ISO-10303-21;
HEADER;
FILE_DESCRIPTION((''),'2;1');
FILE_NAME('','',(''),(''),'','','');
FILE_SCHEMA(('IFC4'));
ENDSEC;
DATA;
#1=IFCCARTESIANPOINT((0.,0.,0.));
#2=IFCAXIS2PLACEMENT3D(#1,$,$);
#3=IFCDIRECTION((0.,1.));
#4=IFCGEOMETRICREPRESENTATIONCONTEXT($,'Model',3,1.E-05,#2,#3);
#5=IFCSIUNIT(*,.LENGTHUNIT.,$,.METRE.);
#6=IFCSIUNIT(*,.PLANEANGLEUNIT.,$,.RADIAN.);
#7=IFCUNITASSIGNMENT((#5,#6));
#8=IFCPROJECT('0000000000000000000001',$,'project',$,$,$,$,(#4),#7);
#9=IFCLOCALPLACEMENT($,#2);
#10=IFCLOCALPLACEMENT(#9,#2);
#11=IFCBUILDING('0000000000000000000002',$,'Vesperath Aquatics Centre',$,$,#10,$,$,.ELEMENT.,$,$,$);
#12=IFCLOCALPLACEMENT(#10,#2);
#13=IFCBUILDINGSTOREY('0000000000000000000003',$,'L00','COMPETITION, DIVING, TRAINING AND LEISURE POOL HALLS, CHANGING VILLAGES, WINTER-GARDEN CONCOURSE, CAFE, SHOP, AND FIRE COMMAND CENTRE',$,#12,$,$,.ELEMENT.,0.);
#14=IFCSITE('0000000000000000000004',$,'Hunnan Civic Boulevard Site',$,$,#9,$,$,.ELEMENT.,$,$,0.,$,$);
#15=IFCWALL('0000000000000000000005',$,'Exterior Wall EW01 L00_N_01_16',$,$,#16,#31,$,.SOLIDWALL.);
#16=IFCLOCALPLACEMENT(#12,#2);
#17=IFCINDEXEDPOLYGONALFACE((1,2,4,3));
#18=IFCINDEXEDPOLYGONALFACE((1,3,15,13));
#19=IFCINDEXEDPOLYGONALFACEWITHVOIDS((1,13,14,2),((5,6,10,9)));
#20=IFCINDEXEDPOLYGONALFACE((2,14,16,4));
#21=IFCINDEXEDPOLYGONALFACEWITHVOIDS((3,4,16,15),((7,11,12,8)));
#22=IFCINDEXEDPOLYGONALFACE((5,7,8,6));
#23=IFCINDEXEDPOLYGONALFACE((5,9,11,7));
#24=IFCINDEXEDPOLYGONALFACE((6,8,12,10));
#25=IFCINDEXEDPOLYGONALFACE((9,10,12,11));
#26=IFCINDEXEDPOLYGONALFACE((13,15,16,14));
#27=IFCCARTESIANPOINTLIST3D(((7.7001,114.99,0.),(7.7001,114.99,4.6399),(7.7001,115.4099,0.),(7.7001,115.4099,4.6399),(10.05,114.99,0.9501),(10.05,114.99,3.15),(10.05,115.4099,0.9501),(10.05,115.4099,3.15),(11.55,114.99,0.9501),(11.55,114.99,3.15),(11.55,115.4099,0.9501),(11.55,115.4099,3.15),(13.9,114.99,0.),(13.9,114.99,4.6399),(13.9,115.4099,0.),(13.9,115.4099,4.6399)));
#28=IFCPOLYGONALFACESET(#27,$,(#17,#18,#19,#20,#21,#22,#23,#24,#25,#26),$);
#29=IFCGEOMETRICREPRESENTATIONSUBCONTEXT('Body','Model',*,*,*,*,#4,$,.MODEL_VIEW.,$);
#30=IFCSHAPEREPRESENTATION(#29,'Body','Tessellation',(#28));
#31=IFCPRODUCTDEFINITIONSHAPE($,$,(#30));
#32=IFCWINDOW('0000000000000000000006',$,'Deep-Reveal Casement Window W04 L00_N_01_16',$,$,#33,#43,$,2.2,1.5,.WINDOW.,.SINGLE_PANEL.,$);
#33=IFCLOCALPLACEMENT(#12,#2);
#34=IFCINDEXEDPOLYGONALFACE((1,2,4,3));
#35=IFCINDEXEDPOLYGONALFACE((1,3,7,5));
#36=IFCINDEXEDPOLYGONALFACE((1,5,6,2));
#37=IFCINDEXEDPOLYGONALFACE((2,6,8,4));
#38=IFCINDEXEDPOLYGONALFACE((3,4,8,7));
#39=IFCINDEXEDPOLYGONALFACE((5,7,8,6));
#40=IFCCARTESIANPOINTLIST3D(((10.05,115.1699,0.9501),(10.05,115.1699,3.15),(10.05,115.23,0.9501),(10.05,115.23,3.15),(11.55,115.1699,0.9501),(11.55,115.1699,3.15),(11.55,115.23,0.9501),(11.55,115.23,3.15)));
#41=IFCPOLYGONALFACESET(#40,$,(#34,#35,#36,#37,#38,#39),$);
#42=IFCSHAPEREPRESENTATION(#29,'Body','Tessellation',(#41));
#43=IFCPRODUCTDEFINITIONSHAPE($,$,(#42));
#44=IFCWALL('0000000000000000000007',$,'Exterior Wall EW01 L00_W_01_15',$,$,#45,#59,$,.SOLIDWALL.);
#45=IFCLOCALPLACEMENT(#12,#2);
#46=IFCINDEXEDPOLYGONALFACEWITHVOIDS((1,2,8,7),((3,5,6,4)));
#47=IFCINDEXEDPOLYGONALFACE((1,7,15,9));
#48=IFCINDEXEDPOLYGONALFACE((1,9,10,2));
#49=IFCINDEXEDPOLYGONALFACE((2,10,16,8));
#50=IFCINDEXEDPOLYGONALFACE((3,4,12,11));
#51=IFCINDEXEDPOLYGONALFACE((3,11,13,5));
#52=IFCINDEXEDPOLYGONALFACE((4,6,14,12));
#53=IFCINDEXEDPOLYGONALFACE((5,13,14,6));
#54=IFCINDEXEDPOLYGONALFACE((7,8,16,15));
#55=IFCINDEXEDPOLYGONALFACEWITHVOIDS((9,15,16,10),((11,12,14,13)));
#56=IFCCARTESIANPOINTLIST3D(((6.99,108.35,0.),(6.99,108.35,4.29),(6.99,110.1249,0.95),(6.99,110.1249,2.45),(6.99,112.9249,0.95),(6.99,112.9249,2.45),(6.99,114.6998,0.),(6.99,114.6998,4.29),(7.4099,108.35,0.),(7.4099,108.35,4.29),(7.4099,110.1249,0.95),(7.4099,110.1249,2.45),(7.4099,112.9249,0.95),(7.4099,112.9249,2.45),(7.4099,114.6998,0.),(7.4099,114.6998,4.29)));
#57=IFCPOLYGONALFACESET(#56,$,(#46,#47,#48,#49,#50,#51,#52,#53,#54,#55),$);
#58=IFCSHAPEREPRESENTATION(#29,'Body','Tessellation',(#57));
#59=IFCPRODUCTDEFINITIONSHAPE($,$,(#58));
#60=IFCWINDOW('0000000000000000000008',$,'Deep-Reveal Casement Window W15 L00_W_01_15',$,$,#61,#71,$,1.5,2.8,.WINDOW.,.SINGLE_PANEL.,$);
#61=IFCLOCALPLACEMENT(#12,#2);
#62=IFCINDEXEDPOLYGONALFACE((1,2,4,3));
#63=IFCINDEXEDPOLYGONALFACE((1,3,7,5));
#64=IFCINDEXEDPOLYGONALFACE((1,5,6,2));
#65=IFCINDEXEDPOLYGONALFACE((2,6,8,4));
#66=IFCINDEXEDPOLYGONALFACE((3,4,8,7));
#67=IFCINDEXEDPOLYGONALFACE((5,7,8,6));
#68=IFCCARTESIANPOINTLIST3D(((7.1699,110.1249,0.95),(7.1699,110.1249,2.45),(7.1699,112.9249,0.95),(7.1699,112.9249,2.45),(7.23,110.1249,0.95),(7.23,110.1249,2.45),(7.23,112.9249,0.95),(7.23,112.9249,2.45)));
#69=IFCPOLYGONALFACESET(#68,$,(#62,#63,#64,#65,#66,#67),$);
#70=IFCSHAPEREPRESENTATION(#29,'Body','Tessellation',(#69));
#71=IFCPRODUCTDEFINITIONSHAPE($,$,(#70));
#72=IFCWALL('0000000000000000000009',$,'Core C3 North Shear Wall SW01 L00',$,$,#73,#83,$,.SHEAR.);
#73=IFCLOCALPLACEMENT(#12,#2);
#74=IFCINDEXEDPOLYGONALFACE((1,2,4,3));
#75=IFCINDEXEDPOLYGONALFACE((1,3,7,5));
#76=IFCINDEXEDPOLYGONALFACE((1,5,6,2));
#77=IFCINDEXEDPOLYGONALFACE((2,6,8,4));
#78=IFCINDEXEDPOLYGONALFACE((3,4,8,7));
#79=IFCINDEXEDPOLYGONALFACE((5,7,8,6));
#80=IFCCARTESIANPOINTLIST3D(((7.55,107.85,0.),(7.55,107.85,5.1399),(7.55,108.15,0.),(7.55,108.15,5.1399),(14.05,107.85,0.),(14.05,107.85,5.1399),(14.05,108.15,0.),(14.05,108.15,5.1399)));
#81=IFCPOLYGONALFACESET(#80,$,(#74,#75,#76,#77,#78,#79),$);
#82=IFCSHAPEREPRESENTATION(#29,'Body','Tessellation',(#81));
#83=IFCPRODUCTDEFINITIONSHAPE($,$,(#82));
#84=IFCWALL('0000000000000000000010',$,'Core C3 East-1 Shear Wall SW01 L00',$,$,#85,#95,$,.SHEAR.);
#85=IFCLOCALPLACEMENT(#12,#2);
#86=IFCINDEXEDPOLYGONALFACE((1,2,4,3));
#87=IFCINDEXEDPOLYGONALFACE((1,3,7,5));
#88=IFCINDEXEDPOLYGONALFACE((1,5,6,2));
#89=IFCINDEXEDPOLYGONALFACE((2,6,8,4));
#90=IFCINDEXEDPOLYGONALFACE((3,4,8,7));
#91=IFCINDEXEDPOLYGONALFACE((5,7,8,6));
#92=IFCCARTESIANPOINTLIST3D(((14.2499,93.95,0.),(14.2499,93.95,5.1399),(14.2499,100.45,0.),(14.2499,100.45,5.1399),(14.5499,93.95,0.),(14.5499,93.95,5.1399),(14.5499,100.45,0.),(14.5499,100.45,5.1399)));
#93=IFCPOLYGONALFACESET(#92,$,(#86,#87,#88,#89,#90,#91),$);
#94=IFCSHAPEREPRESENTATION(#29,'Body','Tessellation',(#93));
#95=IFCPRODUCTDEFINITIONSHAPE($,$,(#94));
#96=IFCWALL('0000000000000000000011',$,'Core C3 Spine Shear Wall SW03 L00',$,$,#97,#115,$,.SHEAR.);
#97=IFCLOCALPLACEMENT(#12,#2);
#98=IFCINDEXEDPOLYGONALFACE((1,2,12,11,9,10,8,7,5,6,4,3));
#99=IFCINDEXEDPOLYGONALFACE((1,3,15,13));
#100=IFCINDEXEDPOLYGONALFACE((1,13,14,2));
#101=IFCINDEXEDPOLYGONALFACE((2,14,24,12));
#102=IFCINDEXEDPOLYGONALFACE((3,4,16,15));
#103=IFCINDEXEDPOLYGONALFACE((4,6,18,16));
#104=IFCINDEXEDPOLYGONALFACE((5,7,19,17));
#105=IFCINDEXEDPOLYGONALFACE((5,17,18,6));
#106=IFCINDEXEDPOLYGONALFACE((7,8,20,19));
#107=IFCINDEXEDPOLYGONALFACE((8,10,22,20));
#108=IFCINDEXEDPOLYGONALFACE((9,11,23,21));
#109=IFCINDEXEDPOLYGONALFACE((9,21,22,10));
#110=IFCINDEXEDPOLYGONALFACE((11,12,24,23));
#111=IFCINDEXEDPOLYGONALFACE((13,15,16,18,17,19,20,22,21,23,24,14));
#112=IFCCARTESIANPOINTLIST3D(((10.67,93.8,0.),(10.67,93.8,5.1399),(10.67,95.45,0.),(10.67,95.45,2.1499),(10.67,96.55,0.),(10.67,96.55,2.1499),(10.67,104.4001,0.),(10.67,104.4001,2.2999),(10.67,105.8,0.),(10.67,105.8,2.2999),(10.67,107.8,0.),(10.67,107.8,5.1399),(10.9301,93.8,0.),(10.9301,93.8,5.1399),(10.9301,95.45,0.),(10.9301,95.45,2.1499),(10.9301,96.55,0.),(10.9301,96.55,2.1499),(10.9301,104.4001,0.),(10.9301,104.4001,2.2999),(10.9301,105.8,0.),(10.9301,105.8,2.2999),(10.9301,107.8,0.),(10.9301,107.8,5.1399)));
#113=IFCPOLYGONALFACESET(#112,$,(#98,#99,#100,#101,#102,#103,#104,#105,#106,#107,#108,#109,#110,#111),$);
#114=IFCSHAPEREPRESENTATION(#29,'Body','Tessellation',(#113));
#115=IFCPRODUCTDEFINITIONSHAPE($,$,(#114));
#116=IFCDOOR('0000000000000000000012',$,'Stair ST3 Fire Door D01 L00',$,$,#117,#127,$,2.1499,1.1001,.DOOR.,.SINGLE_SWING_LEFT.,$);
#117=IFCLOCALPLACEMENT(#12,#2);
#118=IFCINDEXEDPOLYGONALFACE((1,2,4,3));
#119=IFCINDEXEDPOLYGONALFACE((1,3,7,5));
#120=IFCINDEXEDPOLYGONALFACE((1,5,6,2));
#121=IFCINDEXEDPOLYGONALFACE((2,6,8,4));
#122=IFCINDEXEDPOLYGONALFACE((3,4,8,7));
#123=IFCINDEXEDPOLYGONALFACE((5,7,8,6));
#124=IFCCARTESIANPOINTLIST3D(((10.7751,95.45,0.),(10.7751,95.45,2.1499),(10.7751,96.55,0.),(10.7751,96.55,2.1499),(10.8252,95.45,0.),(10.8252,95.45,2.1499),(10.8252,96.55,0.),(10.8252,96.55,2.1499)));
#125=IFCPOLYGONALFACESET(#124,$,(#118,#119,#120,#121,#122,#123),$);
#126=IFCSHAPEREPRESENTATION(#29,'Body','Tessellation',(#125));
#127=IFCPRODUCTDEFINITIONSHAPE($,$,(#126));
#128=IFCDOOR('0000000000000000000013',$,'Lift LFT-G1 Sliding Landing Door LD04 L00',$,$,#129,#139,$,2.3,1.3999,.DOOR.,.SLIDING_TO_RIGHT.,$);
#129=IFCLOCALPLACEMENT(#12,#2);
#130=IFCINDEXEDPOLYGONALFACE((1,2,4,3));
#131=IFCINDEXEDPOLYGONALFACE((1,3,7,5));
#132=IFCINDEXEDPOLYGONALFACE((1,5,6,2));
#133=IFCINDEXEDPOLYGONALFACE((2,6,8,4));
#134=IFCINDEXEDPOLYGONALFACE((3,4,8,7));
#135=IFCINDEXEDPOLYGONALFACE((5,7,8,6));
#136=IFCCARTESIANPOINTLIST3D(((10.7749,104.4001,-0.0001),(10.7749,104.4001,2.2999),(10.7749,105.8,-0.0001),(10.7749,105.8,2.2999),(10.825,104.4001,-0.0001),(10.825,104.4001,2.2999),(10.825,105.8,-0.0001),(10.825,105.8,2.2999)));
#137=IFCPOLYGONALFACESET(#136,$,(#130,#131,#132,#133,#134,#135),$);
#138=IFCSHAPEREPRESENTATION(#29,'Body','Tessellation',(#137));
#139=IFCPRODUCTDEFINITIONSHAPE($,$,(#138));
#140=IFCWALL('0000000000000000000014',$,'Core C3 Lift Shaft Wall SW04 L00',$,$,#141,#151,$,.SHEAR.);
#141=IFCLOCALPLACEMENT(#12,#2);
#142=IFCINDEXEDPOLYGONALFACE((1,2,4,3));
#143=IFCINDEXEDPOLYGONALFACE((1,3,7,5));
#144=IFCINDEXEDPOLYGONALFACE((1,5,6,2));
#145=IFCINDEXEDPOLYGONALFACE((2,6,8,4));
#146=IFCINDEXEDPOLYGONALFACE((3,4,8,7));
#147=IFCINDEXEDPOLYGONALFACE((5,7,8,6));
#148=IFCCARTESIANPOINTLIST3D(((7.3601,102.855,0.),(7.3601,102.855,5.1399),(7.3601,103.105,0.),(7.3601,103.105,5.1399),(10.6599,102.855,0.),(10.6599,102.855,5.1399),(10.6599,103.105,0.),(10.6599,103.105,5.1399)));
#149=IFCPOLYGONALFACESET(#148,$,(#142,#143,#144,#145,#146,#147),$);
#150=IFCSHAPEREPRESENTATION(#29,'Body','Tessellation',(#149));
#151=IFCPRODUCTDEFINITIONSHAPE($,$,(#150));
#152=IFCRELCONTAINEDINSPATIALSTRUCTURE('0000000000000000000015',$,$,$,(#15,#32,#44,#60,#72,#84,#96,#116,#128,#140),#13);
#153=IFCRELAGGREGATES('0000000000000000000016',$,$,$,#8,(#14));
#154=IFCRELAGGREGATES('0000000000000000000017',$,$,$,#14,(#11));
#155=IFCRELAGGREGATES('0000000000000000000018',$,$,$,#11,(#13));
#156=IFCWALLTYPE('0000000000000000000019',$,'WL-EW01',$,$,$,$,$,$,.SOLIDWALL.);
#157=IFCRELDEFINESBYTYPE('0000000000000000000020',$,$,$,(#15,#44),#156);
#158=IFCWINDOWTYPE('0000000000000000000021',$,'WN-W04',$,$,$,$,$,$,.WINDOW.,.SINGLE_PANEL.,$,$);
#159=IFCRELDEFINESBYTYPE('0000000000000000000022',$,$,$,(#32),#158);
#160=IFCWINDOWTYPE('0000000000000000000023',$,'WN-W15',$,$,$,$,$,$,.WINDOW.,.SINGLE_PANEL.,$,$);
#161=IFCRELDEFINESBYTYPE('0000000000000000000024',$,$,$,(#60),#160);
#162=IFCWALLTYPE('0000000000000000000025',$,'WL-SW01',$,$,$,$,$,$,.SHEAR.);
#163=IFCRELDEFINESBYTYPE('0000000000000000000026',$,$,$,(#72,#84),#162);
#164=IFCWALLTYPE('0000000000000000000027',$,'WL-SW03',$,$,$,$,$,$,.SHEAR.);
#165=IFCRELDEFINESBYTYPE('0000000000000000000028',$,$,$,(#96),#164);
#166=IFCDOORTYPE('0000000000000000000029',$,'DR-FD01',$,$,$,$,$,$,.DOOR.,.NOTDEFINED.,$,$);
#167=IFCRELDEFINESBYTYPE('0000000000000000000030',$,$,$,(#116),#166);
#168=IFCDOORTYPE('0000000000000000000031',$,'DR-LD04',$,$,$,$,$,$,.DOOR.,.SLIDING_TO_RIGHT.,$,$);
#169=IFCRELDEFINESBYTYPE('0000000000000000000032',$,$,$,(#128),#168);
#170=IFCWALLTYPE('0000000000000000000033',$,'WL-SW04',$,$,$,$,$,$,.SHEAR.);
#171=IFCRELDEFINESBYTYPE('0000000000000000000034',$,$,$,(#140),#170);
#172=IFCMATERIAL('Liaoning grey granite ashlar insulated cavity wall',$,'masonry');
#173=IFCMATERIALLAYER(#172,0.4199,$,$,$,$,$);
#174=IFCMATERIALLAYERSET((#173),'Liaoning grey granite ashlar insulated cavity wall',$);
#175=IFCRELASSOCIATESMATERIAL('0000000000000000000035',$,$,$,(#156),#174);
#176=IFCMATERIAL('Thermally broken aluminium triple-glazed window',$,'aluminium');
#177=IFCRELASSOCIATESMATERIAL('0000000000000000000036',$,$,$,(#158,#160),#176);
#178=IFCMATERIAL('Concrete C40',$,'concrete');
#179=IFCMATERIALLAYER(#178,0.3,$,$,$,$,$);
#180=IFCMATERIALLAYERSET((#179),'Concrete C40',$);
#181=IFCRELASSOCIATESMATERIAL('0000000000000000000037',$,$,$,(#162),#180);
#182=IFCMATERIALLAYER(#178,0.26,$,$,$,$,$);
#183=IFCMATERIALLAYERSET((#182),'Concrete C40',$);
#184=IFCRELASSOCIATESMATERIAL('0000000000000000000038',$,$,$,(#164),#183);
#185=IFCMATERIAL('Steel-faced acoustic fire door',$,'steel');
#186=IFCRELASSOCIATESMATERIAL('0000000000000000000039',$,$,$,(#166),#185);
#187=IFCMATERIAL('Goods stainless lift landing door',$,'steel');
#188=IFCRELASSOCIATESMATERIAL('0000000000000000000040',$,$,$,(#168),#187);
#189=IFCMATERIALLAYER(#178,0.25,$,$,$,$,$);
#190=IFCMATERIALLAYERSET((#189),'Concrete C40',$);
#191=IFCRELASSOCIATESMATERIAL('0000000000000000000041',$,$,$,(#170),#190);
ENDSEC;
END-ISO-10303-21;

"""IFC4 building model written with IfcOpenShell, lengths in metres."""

from ifc_helpers import new_model, si_unit, direction, frame, frame_2d, origin, place, context, subcontext, project, spatial, rectangle, extrude, material, layer, layer_set, type_object, element, fill, save


model = new_model("IFC4")

# Units and contexts
model_context = context("Model", 3, precision=1e-05, world=origin(), true_north=direction((0.0, 1.0)))
body_context = subcontext(model_context, "Body", "Model", "MODEL_VIEW")
ifc_project = project(units=[si_unit("LENGTHUNIT", "METRE"), si_unit("PLANEANGLEUNIT", "RADIAN")], contexts=[model_context])

# Site, building, storey
site_placement = place(None, origin())
site = spatial("IfcSite", under=ifc_project, at=site_placement, Name="Hunnan Civic Boulevard Site", CompositionType="ELEMENT", RefElevation=0.0)
building_placement = place(site_placement, origin())
building = spatial("IfcBuilding", under=site, at=building_placement, Name="Vesperath Aquatics Centre", CompositionType="ELEMENT")
storey_placement = place(building_placement, origin())
storey = spatial("IfcBuildingStorey", under=building, at=storey_placement, Name="L00", Description="COMPETITION, DIVING, TRAINING AND LEISURE POOL HALLS, CHANGING VILLAGES, WINTER-GARDEN CONCOURSE, CAFE, SHOP, AND FIRE COMMAND CENTRE", CompositionType="ELEMENT", Elevation=0.0)

# Shared definitions
ifc_material_1 = material(Name="Concrete C40", Category="concrete")

# Walls, openings, windows
ifc_material_2 = material(Name="Liaoning grey granite ashlar insulated cavity wall", Category="masonry")
ifc_layer_1 = layer(ifc_material_2, 0.4199)
ifc_layer_set_1 = layer_set([ifc_layer_1], Name="Liaoning grey granite ashlar insulated cavity wall")
wall_type_1 = type_object("IfcWallType", Name="WL-EW01", PredefinedType="SOLIDWALL", material=ifc_layer_set_1)
wall_1_placement = place(storey_placement, frame((7.7, 115.2, 0.0), z_axis=(0.0, 0.0, 1.0), x_axis=(1.0, 0.0, 0.0)))
wall_1 = element("IfcWall", 1, at=wall_1_placement, inside=storey, type_object=wall_type_1, Name="Exterior Wall EW01 L00_N_01_16", PredefinedType="SOLIDWALL", context=body_context, shape_type="SweptSolid", body=[
    extrude(rectangle(XDim=6.2, YDim=0.4199, at=frame_2d((3.1001, 0.0))), origin(), (0.0, 0.0, 1.0), 4.6399),
])
opening_1_placement = place(wall_1_placement, frame((2.3501, 0.0, 0.95)))
opening_1 = element("IfcOpeningElement", 2, at=opening_1_placement, cuts=wall_1, PredefinedType="OPENING", context=body_context, shape_type="SweptSolid", body=[
    extrude(rectangle(XDim=1.5, YDim=2.2, at=frame_2d((0.75, 1.1001))), frame((0.0, 0.2249, 0.0), z_axis=(0.0, -1.0, 0.0), x_axis=(1.0, 0.0, 0.0)), (0.0, 0.0, 1.0), 0.4497),
])
ifc_material_3 = material(Name="Thermally broken aluminium triple-glazed window", Category="aluminium")
window_type_1 = type_object("IfcWindowType", Name="WN-W04", PartitioningType="SINGLE_PANEL", PredefinedType="WINDOW", material=ifc_material_3)
window_1_placement = place(opening_1_placement, origin())
window_1 = element("IfcWindow", 3, at=window_1_placement, inside=storey, type_object=window_type_1, Name="Deep-Reveal Casement Window W04 L00_N_01_16", OverallHeight=2.2, OverallWidth=1.5, PartitioningType="SINGLE_PANEL", PredefinedType="WINDOW", context=body_context, shape_type="SweptSolid", body=[
    extrude(rectangle(XDim=1.5, YDim=2.2, at=frame_2d((0.75, 1.1001))), frame((0.0, 0.03, 0.0), z_axis=(0.0, -1.0, 0.0), x_axis=(1.0, 0.0, 0.0)), (0.0, 0.0, 1.0), 0.0601),
])
fill(opening_1, window_1)
wall_2_placement = place(storey_placement, frame((7.2, 108.3501, 0.0), z_axis=(0.0, 0.0, 1.0), x_axis=(0.0, 1.0, 0.0)))
wall_2 = element("IfcWall", 4, at=wall_2_placement, inside=storey, type_object=wall_type_1, Name="Exterior Wall EW01 L00_W_01_15", PredefinedType="SOLIDWALL", context=body_context, shape_type="SweptSolid", body=[
    extrude(rectangle(XDim=6.3499, YDim=0.4199, at=frame_2d((3.1748, 0.0))), origin(), (0.0, 0.0, 1.0), 4.29),
])
opening_2_placement = place(wall_2_placement, frame((1.7749, 0.0, 0.95)))
opening_2 = element("IfcOpeningElement", 5, at=opening_2_placement, cuts=wall_2, PredefinedType="OPENING", context=body_context, shape_type="SweptSolid", body=[
    extrude(rectangle(XDim=2.8, YDim=1.5, at=frame_2d((1.3999, 0.75))), frame((0.0, 0.2249, 0.0), z_axis=(0.0, -1.0, 0.0), x_axis=(1.0, 0.0, 0.0)), (0.0, 0.0, 1.0), 0.4497),
])
window_type_2 = type_object("IfcWindowType", Name="WN-W15", PartitioningType="SINGLE_PANEL", PredefinedType="WINDOW", material=ifc_material_3)
window_2_placement = place(opening_2_placement, origin())
window_2 = element("IfcWindow", 6, at=window_2_placement, inside=storey, type_object=window_type_2, Name="Deep-Reveal Casement Window W15 L00_W_01_15", OverallHeight=1.5, OverallWidth=2.8, PartitioningType="SINGLE_PANEL", PredefinedType="WINDOW", context=body_context, shape_type="SweptSolid", body=[
    extrude(rectangle(XDim=2.8, YDim=1.5, at=frame_2d((1.3999, 0.75))), frame((0.0, 0.03, 0.0), z_axis=(0.0, -1.0, 0.0), x_axis=(1.0, 0.0, 0.0)), (0.0, 0.0, 1.0), 0.0601),
])
fill(opening_2, window_2)

# Walls
ifc_layer_2 = layer(ifc_material_1, 0.3)
ifc_layer_set_2 = layer_set([ifc_layer_2], Name="Concrete C40")
wall_type_2 = type_object("IfcWallType", Name="WL-SW01", PredefinedType="SHEAR", material=ifc_layer_set_2)
for number, where, z_axis, x_axis, name in (
    (7, (7.55, 108.0, 0.0), (0.0, 0.0, 1.0), (1.0, 0.0, 0.0), "Core C3 North Shear Wall SW01 L00"),
    (8, (14.3999, 93.95, 0.0), (0.0, 0.0, 1.0), (0.0, 1.0, 0.0), "Core C3 East-1 Shear Wall SW01 L00"),
):
    element("IfcWall", number, at=place(storey_placement, frame(where, z_axis=z_axis, x_axis=x_axis)), inside=storey, type_object=wall_type_2, Name=name, PredefinedType="SHEAR", context=body_context, shape_type="SweptSolid", body=[
        extrude(rectangle(XDim=6.5, YDim=0.3, at=frame_2d((3.25, 0.0))), origin(), (0.0, 0.0, 1.0), 5.1399),
    ])

# Wall, openings, doors
ifc_layer_3 = layer(ifc_material_1, 0.26)
ifc_layer_set_3 = layer_set([ifc_layer_3], Name="Concrete C40")
wall_type_3 = type_object("IfcWallType", Name="WL-SW03", PredefinedType="SHEAR", material=ifc_layer_set_3)
wall_3_placement = place(storey_placement, frame((10.8, 93.8, 0.0), z_axis=(0.0, 0.0, 1.0), x_axis=(0.0, 1.0, 0.0)))
wall_3 = element("IfcWall", 9, at=wall_3_placement, inside=storey, type_object=wall_type_3, Name="Core C3 Spine Shear Wall SW03 L00", PredefinedType="SHEAR", context=body_context, shape_type="SweptSolid", body=[
    extrude(rectangle(XDim=14.0, YDim=0.26, at=frame_2d((7.0, 0.0))), origin(), (0.0, 0.0, 1.0), 5.1399),
])
opening_3_placement = place(wall_3_placement, frame((1.6499, 0.0, 0.0)))
opening_3 = element("IfcOpeningElement", 10, at=opening_3_placement, cuts=wall_3, PredefinedType="OPENING", context=body_context, shape_type="SweptSolid", body=[
    extrude(rectangle(XDim=1.1001, YDim=2.1499, at=frame_2d((0.55, 1.075))), frame((0.0, 0.145, 0.0), z_axis=(0.0, -1.0, 0.0), x_axis=(1.0, 0.0, 0.0)), (0.0, 0.0, 1.0), 0.2898),
])
opening_4_placement = place(wall_3_placement, frame((10.6001, 0.0, 0.0)))
opening_4 = element("IfcOpeningElement", 11, at=opening_4_placement, cuts=wall_3, PredefinedType="OPENING", context=body_context, shape_type="SweptSolid", body=[
    extrude(rectangle(XDim=1.3999, YDim=2.3, at=frame_2d((0.7, 1.1499))), frame((0.0, 0.145, 0.0), z_axis=(0.0, -1.0, 0.0), x_axis=(1.0, 0.0, 0.0)), (0.0, 0.0, 1.0), 0.2898),
])
ifc_material_4 = material(Name="Steel-faced acoustic fire door", Category="steel")
door_type_1 = type_object("IfcDoorType", Name="DR-FD01", OperationType="NOTDEFINED", PredefinedType="DOOR", material=ifc_material_4)
door_1_placement = place(opening_3_placement, origin())
door_1 = element("IfcDoor", 12, at=door_1_placement, inside=storey, type_object=door_type_1, Name="Stair ST3 Fire Door D01 L00", OperationType="SINGLE_SWING_LEFT", OverallHeight=2.1499, OverallWidth=1.1001, PredefinedType="DOOR", context=body_context, shape_type="SweptSolid", body=[
    extrude(rectangle(XDim=1.1001, YDim=2.1499, at=frame_2d((0.55, 1.075))), frame((0.0, 0.0249, 0.0), z_axis=(0.0, -1.0, 0.0), x_axis=(1.0, 0.0, 0.0)), (0.0, 0.0, 1.0), 0.05),
])
fill(opening_3, door_1)
ifc_material_5 = material(Name="Goods stainless lift landing door", Category="steel")
door_type_2 = type_object("IfcDoorType", Name="DR-LD04", OperationType="SLIDING_TO_RIGHT", PredefinedType="DOOR", material=ifc_material_5)
door_2_placement = place(opening_4_placement, frame((1.3999, 0.0, 0.0), z_axis=(0.0, 0.0, 1.0), x_axis=(-1.0, 0.0, 0.0)))
door_2 = element("IfcDoor", 13, at=door_2_placement, inside=storey, type_object=door_type_2, Name="Lift LFT-G1 Sliding Landing Door LD04 L00", OperationType="SLIDING_TO_RIGHT", OverallHeight=2.3, OverallWidth=1.3999, PredefinedType="DOOR", context=body_context, shape_type="SweptSolid", body=[
    extrude(rectangle(XDim=1.3999, YDim=2.3, at=frame_2d((0.7, 1.1499))), frame((0.0, 0.0249, 0.0), z_axis=(0.0, -1.0, 0.0), x_axis=(1.0, 0.0, 0.0)), (0.0, 0.0, 1.0), 0.05),
])
fill(opening_4, door_2)

# Wall
ifc_layer_4 = layer(ifc_material_1, 0.25)
ifc_layer_set_4 = layer_set([ifc_layer_4], Name="Concrete C40")
wall_type_4 = type_object("IfcWallType", Name="WL-SW04", PredefinedType="SHEAR", material=ifc_layer_set_4)
wall_4_placement = place(storey_placement, frame((7.3601, 102.98, 0.0), z_axis=(0.0, 0.0, 1.0), x_axis=(1.0, 0.0, 0.0)))
element("IfcWall", 14, at=wall_4_placement, inside=storey, type_object=wall_type_4, Name="Core C3 Lift Shaft Wall SW04 L00", PredefinedType="SHEAR", context=body_context, shape_type="SweptSolid", body=[
    extrude(rectangle(XDim=3.2998, YDim=0.25, at=frame_2d((1.6499, 0.0))), origin(), (0.0, 0.0, 1.0), 5.1399),
])

save(model, "model.ifc")
